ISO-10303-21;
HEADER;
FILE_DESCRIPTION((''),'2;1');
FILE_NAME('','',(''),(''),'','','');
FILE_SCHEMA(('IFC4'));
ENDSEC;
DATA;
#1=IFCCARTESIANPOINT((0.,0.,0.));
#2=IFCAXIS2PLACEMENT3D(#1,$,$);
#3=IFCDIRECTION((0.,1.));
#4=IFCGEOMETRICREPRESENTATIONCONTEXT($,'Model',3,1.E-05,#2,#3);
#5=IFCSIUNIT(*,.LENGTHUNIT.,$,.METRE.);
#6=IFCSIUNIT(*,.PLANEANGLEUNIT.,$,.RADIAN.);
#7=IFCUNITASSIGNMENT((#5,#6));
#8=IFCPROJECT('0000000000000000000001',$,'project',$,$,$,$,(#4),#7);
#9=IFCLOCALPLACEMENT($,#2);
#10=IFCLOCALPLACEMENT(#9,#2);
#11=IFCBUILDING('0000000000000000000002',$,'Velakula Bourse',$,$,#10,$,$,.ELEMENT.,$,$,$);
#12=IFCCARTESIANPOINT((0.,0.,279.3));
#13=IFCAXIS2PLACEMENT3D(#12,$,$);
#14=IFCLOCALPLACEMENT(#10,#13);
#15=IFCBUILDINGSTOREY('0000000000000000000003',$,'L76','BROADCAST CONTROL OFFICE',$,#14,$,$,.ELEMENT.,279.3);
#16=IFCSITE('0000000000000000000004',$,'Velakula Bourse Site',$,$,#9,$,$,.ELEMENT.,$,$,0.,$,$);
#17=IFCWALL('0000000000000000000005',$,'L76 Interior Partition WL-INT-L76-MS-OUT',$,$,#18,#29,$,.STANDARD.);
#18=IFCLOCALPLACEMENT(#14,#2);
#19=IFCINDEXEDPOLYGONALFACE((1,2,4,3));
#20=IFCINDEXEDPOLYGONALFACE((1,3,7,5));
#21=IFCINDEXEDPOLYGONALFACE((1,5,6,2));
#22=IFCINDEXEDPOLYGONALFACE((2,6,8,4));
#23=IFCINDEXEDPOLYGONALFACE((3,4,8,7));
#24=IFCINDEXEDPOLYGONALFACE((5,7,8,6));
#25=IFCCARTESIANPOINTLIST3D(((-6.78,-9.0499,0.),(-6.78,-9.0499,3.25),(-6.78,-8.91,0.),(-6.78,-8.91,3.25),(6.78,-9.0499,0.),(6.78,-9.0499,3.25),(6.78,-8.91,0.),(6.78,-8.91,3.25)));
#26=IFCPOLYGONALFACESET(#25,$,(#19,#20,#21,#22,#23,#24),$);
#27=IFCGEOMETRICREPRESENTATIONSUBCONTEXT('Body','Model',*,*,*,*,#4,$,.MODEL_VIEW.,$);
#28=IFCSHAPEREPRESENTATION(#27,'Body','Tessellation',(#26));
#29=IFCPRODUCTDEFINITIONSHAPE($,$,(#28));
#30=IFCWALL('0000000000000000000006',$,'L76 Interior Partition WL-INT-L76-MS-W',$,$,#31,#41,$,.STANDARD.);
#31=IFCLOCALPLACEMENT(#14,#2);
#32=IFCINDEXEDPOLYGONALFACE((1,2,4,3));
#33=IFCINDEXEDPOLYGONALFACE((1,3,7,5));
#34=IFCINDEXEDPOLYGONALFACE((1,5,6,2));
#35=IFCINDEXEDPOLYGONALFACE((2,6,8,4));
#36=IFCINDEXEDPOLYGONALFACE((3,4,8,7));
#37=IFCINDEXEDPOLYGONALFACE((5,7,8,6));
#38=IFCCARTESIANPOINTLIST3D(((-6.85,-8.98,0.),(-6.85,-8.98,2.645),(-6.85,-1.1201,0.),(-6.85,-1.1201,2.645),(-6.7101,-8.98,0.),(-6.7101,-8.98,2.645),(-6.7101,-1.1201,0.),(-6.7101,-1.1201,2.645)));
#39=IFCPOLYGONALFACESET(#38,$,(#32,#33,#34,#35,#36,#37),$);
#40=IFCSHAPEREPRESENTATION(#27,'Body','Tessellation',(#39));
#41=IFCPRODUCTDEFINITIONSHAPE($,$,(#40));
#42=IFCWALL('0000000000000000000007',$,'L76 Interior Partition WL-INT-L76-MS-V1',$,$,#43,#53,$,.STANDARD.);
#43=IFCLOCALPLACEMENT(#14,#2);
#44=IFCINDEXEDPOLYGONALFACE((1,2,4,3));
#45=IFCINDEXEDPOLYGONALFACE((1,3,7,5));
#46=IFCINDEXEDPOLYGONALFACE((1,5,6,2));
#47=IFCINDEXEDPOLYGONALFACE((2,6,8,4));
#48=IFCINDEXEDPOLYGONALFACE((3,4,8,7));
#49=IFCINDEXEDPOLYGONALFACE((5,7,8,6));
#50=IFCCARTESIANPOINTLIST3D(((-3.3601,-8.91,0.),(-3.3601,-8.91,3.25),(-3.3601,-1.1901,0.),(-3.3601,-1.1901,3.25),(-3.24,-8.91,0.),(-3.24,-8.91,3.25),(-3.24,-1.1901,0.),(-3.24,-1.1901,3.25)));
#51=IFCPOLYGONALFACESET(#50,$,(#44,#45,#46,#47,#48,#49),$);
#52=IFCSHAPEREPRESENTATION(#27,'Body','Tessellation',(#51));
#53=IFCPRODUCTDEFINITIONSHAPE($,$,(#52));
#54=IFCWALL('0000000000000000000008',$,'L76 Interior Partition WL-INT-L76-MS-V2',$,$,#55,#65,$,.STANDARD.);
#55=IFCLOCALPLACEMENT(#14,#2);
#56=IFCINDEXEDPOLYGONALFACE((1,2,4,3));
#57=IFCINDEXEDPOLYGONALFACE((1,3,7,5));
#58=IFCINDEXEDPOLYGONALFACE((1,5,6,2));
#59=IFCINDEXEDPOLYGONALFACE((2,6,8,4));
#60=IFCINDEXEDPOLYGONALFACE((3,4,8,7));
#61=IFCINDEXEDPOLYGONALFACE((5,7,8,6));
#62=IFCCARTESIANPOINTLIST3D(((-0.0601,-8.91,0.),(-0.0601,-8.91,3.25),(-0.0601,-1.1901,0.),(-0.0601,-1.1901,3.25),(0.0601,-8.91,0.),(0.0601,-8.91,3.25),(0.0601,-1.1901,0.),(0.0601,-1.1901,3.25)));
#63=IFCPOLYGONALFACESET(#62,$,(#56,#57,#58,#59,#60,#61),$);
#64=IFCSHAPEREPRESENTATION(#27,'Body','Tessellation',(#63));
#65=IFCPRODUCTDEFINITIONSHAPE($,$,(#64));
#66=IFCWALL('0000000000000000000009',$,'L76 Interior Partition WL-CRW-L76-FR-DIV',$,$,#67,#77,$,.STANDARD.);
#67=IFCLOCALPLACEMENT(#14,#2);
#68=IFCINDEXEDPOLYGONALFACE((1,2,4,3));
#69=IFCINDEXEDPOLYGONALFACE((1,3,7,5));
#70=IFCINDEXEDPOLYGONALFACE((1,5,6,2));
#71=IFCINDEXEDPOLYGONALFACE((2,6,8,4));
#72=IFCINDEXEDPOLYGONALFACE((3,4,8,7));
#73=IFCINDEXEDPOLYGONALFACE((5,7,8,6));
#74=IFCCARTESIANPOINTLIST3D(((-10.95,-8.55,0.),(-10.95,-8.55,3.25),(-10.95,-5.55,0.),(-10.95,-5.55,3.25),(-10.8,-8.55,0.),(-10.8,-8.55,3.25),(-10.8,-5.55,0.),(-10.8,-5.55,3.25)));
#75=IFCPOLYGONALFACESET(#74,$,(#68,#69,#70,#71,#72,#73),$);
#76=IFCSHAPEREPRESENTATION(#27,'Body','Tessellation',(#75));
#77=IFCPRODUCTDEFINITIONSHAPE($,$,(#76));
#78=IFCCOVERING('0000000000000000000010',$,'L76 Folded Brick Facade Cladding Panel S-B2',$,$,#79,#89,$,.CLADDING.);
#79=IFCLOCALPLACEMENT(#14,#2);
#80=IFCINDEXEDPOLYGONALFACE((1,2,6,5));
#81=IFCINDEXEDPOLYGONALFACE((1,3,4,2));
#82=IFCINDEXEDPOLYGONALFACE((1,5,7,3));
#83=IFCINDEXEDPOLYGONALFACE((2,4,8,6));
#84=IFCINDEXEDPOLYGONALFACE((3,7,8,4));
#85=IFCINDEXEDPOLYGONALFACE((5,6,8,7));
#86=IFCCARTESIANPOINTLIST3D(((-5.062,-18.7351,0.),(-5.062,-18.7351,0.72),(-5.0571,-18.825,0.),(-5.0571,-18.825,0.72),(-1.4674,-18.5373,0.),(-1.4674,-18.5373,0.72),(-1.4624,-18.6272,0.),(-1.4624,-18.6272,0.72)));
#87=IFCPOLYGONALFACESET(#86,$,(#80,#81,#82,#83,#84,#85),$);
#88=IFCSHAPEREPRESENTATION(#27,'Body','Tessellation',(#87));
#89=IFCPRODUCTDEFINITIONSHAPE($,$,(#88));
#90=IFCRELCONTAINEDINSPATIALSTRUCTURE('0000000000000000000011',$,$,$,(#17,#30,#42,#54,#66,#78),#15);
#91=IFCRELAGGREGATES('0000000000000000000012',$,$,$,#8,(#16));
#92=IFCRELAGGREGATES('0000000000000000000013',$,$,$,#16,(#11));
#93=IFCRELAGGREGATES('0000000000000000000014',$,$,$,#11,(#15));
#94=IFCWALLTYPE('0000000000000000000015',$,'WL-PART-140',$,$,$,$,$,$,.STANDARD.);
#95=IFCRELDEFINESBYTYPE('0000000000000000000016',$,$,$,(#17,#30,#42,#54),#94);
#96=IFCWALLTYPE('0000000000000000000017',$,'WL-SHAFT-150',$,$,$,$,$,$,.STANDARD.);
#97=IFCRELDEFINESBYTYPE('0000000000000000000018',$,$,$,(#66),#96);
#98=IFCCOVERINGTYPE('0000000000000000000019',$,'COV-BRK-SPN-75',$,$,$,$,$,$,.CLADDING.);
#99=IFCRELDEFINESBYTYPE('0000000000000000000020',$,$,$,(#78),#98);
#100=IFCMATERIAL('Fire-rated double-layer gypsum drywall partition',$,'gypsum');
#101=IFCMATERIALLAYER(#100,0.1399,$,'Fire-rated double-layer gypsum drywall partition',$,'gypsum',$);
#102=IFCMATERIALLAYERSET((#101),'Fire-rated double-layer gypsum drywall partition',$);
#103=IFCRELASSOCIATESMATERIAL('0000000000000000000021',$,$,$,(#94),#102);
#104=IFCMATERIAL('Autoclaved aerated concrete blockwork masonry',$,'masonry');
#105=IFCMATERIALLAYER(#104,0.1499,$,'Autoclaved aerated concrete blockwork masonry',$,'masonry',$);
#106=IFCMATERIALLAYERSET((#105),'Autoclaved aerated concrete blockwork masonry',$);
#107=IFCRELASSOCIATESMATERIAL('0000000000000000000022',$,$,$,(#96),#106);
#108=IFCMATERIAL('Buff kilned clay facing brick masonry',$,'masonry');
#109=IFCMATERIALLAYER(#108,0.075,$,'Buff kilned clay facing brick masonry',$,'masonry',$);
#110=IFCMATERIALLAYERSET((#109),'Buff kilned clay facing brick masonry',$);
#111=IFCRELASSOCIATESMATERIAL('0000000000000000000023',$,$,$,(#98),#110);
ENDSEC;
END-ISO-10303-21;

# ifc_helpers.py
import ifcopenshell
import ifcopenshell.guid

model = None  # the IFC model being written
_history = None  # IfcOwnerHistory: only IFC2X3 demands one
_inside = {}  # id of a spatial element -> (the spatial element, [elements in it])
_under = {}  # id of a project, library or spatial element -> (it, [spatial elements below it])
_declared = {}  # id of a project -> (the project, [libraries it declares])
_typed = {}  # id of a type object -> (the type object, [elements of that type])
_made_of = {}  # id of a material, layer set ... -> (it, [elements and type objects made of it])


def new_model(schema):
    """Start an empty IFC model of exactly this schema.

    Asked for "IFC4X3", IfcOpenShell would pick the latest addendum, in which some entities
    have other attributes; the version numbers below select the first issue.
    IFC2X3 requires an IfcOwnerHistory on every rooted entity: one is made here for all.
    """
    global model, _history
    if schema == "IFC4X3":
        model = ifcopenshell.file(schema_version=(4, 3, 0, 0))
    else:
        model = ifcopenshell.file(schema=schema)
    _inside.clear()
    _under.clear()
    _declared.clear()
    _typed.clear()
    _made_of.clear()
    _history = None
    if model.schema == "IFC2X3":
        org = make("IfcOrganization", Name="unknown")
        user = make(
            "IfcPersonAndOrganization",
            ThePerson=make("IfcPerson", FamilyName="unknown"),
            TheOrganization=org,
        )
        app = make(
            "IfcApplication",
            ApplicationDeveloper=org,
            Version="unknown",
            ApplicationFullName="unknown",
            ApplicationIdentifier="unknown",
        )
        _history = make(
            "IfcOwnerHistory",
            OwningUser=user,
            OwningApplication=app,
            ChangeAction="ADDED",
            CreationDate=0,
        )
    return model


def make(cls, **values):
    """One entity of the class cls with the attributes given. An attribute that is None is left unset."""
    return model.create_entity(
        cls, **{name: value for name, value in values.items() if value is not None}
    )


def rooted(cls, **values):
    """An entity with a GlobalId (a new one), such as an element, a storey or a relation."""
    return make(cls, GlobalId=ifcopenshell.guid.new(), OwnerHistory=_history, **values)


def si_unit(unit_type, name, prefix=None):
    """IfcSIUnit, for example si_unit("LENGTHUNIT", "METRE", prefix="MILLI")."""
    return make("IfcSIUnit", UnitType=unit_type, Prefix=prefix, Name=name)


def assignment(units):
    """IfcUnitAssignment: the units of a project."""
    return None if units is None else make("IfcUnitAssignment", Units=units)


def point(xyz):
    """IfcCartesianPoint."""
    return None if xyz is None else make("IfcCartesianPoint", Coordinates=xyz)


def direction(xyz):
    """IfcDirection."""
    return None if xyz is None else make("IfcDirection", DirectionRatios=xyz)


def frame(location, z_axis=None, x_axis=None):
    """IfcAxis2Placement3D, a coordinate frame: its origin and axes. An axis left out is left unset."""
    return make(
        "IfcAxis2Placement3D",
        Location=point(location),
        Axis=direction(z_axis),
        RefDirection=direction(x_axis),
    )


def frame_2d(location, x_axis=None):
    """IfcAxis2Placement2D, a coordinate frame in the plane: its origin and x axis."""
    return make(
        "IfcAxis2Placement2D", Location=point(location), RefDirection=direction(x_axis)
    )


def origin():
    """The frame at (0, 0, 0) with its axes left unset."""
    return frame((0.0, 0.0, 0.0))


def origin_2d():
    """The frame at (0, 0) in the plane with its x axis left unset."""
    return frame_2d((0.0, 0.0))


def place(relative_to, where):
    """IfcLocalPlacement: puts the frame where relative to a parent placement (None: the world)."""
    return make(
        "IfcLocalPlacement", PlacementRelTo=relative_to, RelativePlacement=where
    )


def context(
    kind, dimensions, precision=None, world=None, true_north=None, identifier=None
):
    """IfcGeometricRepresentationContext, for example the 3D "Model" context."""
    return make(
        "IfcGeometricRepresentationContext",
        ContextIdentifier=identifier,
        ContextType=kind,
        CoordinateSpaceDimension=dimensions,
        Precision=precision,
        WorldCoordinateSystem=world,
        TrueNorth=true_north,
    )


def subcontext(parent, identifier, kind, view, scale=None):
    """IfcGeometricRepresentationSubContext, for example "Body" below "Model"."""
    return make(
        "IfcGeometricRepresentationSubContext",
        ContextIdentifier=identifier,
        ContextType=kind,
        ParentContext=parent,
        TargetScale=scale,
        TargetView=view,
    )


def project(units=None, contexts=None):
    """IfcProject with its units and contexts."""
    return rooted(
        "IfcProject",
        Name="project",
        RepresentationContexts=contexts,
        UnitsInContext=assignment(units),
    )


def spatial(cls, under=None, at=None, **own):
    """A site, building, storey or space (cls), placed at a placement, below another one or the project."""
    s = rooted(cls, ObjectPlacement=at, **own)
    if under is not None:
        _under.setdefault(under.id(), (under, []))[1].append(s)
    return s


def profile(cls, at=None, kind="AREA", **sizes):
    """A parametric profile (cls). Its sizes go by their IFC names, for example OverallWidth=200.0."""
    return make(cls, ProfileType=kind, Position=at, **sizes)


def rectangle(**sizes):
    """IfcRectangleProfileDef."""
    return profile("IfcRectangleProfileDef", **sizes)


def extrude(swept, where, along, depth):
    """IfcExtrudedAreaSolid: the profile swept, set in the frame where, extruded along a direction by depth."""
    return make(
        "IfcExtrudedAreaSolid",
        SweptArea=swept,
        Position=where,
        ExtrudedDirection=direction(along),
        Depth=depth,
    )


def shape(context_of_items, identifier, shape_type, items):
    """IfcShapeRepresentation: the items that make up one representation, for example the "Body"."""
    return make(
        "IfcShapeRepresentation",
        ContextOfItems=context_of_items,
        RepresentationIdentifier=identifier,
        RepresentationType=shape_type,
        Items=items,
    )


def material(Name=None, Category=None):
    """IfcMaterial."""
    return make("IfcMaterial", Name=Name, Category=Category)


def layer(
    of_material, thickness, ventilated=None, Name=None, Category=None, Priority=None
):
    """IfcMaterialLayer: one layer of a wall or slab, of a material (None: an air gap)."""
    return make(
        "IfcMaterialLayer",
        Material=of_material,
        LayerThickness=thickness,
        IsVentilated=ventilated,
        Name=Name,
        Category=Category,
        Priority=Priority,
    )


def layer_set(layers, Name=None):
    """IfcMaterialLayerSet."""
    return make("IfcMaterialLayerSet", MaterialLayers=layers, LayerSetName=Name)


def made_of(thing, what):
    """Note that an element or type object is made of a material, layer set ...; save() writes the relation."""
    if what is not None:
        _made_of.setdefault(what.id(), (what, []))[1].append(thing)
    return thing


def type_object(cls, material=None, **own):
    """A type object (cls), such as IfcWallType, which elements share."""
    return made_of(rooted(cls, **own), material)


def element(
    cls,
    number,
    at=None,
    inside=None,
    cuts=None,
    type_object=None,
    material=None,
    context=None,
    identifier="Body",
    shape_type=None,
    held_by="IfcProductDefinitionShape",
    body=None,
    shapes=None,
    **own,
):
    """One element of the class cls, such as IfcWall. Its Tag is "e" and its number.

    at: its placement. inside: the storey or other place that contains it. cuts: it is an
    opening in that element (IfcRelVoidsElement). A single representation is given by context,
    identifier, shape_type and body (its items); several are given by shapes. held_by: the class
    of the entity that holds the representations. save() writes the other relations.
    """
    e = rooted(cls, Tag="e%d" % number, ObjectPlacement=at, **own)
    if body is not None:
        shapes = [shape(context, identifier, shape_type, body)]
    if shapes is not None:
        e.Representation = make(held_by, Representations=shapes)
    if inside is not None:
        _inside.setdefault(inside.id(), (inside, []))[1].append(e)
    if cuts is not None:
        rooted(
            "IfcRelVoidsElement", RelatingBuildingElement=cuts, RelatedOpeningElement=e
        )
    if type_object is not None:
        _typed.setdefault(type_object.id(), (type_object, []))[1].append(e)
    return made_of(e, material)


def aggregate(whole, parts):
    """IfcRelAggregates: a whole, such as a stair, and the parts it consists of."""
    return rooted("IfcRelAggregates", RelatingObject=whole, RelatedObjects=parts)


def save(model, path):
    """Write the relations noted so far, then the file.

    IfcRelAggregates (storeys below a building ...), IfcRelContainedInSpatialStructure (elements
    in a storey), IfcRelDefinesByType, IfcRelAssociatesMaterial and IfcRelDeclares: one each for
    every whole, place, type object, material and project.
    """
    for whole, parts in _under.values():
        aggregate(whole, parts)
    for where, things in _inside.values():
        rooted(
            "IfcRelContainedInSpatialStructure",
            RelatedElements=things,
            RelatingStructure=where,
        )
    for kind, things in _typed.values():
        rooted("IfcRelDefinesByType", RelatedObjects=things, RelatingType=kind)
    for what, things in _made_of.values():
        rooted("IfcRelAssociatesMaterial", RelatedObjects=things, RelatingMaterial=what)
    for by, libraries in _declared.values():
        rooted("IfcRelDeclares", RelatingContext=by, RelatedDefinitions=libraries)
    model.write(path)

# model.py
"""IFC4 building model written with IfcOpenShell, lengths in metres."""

from ifc_helpers import new_model, si_unit, direction, frame, frame_2d, origin, origin_2d, place, context, subcontext, project, spatial, rectangle, extrude, material, layer, layer_set, type_object, element, save


model = new_model("IFC4")

# Units and contexts
model_context = context("Model", 3, precision=1e-05, world=origin(), true_north=direction((0.0, 1.0)))
body_context = subcontext(model_context, "Body", "Model", "MODEL_VIEW")
ifc_project = project(units=[si_unit("LENGTHUNIT", "METRE"), si_unit("PLANEANGLEUNIT", "RADIAN")], contexts=[model_context])

# Site, building, storey
site_placement = place(None, origin())
site = spatial("IfcSite", under=ifc_project, at=site_placement, Name="Velakula Bourse Site", CompositionType="ELEMENT", RefElevation=0.0)
building_placement = place(site_placement, origin())
building = spatial("IfcBuilding", under=site, at=building_placement, Name="Velakula Bourse", CompositionType="ELEMENT")
storey_placement = place(building_placement, frame((0.0, 0.0, 279.3)))
storey = spatial("IfcBuildingStorey", under=building, at=storey_placement, Name="L76", Description="BROADCAST CONTROL OFFICE", CompositionType="ELEMENT", Elevation=279.3)

# Shared definitions
ifc_material_1 = material(Name="Buff kilned clay facing brick masonry", Category="masonry")

# Walls
ifc_material_2 = material(Name="Fire-rated double-layer gypsum drywall partition", Category="gypsum")
ifc_layer_1 = layer(ifc_material_2, 0.1399, Name="Fire-rated double-layer gypsum drywall partition", Category="gypsum")
ifc_layer_set_1 = layer_set([ifc_layer_1], Name="Fire-rated double-layer gypsum drywall partition")
wall_type_1 = type_object("IfcWallType", Name="WL-PART-140", PredefinedType="STANDARD", material=ifc_layer_set_1)
wall_1_placement = place(storey_placement, frame((-6.78, -8.98, 0.0), z_axis=(0.0, 0.0, 1.0), x_axis=(1.0, 0.0, 0.0)))
element("IfcWall", 1, at=wall_1_placement, inside=storey, type_object=wall_type_1, Name="L76 Interior Partition WL-INT-L76-MS-OUT", PredefinedType="STANDARD", context=body_context, shape_type="SweptSolid", body=[
    extrude(rectangle(XDim=13.5601, YDim=0.1399, at=frame_2d((6.78, 0.0))), origin(), (0.0, 0.0, 1.0), 3.25),
])
wall_2_placement = place(storey_placement, frame((-6.78, -8.98, 0.0), z_axis=(0.0, 0.0, 1.0), x_axis=(0.0, 1.0, 0.0)))
element("IfcWall", 2, at=wall_2_placement, inside=storey, type_object=wall_type_1, Name="L76 Interior Partition WL-INT-L76-MS-W", PredefinedType="STANDARD", context=body_context, shape_type="SweptSolid", body=[
    extrude(rectangle(XDim=7.8599, YDim=0.1399, at=frame_2d((3.9299, 0.0))), origin(), (0.0, 0.0, 1.0), 2.645),
])
for number, where, z_axis, x_axis, name in (
    (3, (-3.3, -8.9099, 0.0), (0.0, 0.0, 1.0), (0.0, 1.0, 0.0), "L76 Interior Partition WL-INT-L76-MS-V1"),
    (4, (0.0, -8.9099, 0.0), (0.0, 0.0, 1.0), (0.0, 1.0, 0.0), "L76 Interior Partition WL-INT-L76-MS-V2"),
):
    element("IfcWall", number, at=place(storey_placement, frame(where, z_axis=z_axis, x_axis=x_axis)), inside=storey, type_object=wall_type_1, Name=name, PredefinedType="STANDARD", context=body_context, shape_type="SweptSolid", body=[
        extrude(rectangle(XDim=7.72, YDim=0.1201, at=frame_2d((3.8599, 0.0))), origin(), (0.0, 0.0, 1.0), 3.25),
    ])

# Shared definitions
ifc_material_3 = material(Name="Autoclaved aerated concrete blockwork masonry", Category="masonry")
ifc_layer_2 = layer(ifc_material_3, 0.1499, Name="Autoclaved aerated concrete blockwork masonry", Category="masonry")
ifc_layer_set_2 = layer_set([ifc_layer_2], Name="Autoclaved aerated concrete blockwork masonry")
wall_type_2 = type_object("IfcWallType", Name="WL-SHAFT-150", PredefinedType="STANDARD", material=ifc_layer_set_2)

# Wall
wall_3_placement = place(storey_placement, frame((-10.875, -8.55, 0.0), z_axis=(0.0, 0.0, 1.0), x_axis=(0.0, 1.0, 0.0)))
element("IfcWall", 5, at=wall_3_placement, inside=storey, type_object=wall_type_2, Name="L76 Interior Partition WL-CRW-L76-FR-DIV", PredefinedType="STANDARD", context=body_context, shape_type="SweptSolid", body=[
    extrude(rectangle(XDim=3.0, YDim=0.1499, at=frame_2d((1.5, 0.0))), origin(), (0.0, 0.0, 1.0), 3.25),
])

# Covering
ifc_layer_3 = layer(ifc_material_1, 0.075, Name="Buff kilned clay facing brick masonry", Category="masonry")
ifc_layer_set_3 = layer_set([ifc_layer_3], Name="Buff kilned clay facing brick masonry")
covering_type = type_object("IfcCoveringType", Name="COV-BRK-SPN-75", PredefinedType="CLADDING", material=ifc_layer_set_3)
covering_placement = place(storey_placement, frame((-3.2622, -18.6812, 0.0), z_axis=(0.0, 0.0, 1.0), x_axis=(0.998489, 0.05495, 0.0)))
element("IfcCovering", 6, at=covering_placement, inside=storey, type_object=covering_type, Name="L76 Folded Brick Facade Cladding Panel S-B2", PredefinedType="CLADDING", context=body_context, shape_type="SweptSolid", body=[
    extrude(rectangle(XDim=3.6001, YDim=0.0901, at=origin_2d()), origin(), (0.0, 0.0, 1.0), 0.72),
])

save(model, "model.ifc")
